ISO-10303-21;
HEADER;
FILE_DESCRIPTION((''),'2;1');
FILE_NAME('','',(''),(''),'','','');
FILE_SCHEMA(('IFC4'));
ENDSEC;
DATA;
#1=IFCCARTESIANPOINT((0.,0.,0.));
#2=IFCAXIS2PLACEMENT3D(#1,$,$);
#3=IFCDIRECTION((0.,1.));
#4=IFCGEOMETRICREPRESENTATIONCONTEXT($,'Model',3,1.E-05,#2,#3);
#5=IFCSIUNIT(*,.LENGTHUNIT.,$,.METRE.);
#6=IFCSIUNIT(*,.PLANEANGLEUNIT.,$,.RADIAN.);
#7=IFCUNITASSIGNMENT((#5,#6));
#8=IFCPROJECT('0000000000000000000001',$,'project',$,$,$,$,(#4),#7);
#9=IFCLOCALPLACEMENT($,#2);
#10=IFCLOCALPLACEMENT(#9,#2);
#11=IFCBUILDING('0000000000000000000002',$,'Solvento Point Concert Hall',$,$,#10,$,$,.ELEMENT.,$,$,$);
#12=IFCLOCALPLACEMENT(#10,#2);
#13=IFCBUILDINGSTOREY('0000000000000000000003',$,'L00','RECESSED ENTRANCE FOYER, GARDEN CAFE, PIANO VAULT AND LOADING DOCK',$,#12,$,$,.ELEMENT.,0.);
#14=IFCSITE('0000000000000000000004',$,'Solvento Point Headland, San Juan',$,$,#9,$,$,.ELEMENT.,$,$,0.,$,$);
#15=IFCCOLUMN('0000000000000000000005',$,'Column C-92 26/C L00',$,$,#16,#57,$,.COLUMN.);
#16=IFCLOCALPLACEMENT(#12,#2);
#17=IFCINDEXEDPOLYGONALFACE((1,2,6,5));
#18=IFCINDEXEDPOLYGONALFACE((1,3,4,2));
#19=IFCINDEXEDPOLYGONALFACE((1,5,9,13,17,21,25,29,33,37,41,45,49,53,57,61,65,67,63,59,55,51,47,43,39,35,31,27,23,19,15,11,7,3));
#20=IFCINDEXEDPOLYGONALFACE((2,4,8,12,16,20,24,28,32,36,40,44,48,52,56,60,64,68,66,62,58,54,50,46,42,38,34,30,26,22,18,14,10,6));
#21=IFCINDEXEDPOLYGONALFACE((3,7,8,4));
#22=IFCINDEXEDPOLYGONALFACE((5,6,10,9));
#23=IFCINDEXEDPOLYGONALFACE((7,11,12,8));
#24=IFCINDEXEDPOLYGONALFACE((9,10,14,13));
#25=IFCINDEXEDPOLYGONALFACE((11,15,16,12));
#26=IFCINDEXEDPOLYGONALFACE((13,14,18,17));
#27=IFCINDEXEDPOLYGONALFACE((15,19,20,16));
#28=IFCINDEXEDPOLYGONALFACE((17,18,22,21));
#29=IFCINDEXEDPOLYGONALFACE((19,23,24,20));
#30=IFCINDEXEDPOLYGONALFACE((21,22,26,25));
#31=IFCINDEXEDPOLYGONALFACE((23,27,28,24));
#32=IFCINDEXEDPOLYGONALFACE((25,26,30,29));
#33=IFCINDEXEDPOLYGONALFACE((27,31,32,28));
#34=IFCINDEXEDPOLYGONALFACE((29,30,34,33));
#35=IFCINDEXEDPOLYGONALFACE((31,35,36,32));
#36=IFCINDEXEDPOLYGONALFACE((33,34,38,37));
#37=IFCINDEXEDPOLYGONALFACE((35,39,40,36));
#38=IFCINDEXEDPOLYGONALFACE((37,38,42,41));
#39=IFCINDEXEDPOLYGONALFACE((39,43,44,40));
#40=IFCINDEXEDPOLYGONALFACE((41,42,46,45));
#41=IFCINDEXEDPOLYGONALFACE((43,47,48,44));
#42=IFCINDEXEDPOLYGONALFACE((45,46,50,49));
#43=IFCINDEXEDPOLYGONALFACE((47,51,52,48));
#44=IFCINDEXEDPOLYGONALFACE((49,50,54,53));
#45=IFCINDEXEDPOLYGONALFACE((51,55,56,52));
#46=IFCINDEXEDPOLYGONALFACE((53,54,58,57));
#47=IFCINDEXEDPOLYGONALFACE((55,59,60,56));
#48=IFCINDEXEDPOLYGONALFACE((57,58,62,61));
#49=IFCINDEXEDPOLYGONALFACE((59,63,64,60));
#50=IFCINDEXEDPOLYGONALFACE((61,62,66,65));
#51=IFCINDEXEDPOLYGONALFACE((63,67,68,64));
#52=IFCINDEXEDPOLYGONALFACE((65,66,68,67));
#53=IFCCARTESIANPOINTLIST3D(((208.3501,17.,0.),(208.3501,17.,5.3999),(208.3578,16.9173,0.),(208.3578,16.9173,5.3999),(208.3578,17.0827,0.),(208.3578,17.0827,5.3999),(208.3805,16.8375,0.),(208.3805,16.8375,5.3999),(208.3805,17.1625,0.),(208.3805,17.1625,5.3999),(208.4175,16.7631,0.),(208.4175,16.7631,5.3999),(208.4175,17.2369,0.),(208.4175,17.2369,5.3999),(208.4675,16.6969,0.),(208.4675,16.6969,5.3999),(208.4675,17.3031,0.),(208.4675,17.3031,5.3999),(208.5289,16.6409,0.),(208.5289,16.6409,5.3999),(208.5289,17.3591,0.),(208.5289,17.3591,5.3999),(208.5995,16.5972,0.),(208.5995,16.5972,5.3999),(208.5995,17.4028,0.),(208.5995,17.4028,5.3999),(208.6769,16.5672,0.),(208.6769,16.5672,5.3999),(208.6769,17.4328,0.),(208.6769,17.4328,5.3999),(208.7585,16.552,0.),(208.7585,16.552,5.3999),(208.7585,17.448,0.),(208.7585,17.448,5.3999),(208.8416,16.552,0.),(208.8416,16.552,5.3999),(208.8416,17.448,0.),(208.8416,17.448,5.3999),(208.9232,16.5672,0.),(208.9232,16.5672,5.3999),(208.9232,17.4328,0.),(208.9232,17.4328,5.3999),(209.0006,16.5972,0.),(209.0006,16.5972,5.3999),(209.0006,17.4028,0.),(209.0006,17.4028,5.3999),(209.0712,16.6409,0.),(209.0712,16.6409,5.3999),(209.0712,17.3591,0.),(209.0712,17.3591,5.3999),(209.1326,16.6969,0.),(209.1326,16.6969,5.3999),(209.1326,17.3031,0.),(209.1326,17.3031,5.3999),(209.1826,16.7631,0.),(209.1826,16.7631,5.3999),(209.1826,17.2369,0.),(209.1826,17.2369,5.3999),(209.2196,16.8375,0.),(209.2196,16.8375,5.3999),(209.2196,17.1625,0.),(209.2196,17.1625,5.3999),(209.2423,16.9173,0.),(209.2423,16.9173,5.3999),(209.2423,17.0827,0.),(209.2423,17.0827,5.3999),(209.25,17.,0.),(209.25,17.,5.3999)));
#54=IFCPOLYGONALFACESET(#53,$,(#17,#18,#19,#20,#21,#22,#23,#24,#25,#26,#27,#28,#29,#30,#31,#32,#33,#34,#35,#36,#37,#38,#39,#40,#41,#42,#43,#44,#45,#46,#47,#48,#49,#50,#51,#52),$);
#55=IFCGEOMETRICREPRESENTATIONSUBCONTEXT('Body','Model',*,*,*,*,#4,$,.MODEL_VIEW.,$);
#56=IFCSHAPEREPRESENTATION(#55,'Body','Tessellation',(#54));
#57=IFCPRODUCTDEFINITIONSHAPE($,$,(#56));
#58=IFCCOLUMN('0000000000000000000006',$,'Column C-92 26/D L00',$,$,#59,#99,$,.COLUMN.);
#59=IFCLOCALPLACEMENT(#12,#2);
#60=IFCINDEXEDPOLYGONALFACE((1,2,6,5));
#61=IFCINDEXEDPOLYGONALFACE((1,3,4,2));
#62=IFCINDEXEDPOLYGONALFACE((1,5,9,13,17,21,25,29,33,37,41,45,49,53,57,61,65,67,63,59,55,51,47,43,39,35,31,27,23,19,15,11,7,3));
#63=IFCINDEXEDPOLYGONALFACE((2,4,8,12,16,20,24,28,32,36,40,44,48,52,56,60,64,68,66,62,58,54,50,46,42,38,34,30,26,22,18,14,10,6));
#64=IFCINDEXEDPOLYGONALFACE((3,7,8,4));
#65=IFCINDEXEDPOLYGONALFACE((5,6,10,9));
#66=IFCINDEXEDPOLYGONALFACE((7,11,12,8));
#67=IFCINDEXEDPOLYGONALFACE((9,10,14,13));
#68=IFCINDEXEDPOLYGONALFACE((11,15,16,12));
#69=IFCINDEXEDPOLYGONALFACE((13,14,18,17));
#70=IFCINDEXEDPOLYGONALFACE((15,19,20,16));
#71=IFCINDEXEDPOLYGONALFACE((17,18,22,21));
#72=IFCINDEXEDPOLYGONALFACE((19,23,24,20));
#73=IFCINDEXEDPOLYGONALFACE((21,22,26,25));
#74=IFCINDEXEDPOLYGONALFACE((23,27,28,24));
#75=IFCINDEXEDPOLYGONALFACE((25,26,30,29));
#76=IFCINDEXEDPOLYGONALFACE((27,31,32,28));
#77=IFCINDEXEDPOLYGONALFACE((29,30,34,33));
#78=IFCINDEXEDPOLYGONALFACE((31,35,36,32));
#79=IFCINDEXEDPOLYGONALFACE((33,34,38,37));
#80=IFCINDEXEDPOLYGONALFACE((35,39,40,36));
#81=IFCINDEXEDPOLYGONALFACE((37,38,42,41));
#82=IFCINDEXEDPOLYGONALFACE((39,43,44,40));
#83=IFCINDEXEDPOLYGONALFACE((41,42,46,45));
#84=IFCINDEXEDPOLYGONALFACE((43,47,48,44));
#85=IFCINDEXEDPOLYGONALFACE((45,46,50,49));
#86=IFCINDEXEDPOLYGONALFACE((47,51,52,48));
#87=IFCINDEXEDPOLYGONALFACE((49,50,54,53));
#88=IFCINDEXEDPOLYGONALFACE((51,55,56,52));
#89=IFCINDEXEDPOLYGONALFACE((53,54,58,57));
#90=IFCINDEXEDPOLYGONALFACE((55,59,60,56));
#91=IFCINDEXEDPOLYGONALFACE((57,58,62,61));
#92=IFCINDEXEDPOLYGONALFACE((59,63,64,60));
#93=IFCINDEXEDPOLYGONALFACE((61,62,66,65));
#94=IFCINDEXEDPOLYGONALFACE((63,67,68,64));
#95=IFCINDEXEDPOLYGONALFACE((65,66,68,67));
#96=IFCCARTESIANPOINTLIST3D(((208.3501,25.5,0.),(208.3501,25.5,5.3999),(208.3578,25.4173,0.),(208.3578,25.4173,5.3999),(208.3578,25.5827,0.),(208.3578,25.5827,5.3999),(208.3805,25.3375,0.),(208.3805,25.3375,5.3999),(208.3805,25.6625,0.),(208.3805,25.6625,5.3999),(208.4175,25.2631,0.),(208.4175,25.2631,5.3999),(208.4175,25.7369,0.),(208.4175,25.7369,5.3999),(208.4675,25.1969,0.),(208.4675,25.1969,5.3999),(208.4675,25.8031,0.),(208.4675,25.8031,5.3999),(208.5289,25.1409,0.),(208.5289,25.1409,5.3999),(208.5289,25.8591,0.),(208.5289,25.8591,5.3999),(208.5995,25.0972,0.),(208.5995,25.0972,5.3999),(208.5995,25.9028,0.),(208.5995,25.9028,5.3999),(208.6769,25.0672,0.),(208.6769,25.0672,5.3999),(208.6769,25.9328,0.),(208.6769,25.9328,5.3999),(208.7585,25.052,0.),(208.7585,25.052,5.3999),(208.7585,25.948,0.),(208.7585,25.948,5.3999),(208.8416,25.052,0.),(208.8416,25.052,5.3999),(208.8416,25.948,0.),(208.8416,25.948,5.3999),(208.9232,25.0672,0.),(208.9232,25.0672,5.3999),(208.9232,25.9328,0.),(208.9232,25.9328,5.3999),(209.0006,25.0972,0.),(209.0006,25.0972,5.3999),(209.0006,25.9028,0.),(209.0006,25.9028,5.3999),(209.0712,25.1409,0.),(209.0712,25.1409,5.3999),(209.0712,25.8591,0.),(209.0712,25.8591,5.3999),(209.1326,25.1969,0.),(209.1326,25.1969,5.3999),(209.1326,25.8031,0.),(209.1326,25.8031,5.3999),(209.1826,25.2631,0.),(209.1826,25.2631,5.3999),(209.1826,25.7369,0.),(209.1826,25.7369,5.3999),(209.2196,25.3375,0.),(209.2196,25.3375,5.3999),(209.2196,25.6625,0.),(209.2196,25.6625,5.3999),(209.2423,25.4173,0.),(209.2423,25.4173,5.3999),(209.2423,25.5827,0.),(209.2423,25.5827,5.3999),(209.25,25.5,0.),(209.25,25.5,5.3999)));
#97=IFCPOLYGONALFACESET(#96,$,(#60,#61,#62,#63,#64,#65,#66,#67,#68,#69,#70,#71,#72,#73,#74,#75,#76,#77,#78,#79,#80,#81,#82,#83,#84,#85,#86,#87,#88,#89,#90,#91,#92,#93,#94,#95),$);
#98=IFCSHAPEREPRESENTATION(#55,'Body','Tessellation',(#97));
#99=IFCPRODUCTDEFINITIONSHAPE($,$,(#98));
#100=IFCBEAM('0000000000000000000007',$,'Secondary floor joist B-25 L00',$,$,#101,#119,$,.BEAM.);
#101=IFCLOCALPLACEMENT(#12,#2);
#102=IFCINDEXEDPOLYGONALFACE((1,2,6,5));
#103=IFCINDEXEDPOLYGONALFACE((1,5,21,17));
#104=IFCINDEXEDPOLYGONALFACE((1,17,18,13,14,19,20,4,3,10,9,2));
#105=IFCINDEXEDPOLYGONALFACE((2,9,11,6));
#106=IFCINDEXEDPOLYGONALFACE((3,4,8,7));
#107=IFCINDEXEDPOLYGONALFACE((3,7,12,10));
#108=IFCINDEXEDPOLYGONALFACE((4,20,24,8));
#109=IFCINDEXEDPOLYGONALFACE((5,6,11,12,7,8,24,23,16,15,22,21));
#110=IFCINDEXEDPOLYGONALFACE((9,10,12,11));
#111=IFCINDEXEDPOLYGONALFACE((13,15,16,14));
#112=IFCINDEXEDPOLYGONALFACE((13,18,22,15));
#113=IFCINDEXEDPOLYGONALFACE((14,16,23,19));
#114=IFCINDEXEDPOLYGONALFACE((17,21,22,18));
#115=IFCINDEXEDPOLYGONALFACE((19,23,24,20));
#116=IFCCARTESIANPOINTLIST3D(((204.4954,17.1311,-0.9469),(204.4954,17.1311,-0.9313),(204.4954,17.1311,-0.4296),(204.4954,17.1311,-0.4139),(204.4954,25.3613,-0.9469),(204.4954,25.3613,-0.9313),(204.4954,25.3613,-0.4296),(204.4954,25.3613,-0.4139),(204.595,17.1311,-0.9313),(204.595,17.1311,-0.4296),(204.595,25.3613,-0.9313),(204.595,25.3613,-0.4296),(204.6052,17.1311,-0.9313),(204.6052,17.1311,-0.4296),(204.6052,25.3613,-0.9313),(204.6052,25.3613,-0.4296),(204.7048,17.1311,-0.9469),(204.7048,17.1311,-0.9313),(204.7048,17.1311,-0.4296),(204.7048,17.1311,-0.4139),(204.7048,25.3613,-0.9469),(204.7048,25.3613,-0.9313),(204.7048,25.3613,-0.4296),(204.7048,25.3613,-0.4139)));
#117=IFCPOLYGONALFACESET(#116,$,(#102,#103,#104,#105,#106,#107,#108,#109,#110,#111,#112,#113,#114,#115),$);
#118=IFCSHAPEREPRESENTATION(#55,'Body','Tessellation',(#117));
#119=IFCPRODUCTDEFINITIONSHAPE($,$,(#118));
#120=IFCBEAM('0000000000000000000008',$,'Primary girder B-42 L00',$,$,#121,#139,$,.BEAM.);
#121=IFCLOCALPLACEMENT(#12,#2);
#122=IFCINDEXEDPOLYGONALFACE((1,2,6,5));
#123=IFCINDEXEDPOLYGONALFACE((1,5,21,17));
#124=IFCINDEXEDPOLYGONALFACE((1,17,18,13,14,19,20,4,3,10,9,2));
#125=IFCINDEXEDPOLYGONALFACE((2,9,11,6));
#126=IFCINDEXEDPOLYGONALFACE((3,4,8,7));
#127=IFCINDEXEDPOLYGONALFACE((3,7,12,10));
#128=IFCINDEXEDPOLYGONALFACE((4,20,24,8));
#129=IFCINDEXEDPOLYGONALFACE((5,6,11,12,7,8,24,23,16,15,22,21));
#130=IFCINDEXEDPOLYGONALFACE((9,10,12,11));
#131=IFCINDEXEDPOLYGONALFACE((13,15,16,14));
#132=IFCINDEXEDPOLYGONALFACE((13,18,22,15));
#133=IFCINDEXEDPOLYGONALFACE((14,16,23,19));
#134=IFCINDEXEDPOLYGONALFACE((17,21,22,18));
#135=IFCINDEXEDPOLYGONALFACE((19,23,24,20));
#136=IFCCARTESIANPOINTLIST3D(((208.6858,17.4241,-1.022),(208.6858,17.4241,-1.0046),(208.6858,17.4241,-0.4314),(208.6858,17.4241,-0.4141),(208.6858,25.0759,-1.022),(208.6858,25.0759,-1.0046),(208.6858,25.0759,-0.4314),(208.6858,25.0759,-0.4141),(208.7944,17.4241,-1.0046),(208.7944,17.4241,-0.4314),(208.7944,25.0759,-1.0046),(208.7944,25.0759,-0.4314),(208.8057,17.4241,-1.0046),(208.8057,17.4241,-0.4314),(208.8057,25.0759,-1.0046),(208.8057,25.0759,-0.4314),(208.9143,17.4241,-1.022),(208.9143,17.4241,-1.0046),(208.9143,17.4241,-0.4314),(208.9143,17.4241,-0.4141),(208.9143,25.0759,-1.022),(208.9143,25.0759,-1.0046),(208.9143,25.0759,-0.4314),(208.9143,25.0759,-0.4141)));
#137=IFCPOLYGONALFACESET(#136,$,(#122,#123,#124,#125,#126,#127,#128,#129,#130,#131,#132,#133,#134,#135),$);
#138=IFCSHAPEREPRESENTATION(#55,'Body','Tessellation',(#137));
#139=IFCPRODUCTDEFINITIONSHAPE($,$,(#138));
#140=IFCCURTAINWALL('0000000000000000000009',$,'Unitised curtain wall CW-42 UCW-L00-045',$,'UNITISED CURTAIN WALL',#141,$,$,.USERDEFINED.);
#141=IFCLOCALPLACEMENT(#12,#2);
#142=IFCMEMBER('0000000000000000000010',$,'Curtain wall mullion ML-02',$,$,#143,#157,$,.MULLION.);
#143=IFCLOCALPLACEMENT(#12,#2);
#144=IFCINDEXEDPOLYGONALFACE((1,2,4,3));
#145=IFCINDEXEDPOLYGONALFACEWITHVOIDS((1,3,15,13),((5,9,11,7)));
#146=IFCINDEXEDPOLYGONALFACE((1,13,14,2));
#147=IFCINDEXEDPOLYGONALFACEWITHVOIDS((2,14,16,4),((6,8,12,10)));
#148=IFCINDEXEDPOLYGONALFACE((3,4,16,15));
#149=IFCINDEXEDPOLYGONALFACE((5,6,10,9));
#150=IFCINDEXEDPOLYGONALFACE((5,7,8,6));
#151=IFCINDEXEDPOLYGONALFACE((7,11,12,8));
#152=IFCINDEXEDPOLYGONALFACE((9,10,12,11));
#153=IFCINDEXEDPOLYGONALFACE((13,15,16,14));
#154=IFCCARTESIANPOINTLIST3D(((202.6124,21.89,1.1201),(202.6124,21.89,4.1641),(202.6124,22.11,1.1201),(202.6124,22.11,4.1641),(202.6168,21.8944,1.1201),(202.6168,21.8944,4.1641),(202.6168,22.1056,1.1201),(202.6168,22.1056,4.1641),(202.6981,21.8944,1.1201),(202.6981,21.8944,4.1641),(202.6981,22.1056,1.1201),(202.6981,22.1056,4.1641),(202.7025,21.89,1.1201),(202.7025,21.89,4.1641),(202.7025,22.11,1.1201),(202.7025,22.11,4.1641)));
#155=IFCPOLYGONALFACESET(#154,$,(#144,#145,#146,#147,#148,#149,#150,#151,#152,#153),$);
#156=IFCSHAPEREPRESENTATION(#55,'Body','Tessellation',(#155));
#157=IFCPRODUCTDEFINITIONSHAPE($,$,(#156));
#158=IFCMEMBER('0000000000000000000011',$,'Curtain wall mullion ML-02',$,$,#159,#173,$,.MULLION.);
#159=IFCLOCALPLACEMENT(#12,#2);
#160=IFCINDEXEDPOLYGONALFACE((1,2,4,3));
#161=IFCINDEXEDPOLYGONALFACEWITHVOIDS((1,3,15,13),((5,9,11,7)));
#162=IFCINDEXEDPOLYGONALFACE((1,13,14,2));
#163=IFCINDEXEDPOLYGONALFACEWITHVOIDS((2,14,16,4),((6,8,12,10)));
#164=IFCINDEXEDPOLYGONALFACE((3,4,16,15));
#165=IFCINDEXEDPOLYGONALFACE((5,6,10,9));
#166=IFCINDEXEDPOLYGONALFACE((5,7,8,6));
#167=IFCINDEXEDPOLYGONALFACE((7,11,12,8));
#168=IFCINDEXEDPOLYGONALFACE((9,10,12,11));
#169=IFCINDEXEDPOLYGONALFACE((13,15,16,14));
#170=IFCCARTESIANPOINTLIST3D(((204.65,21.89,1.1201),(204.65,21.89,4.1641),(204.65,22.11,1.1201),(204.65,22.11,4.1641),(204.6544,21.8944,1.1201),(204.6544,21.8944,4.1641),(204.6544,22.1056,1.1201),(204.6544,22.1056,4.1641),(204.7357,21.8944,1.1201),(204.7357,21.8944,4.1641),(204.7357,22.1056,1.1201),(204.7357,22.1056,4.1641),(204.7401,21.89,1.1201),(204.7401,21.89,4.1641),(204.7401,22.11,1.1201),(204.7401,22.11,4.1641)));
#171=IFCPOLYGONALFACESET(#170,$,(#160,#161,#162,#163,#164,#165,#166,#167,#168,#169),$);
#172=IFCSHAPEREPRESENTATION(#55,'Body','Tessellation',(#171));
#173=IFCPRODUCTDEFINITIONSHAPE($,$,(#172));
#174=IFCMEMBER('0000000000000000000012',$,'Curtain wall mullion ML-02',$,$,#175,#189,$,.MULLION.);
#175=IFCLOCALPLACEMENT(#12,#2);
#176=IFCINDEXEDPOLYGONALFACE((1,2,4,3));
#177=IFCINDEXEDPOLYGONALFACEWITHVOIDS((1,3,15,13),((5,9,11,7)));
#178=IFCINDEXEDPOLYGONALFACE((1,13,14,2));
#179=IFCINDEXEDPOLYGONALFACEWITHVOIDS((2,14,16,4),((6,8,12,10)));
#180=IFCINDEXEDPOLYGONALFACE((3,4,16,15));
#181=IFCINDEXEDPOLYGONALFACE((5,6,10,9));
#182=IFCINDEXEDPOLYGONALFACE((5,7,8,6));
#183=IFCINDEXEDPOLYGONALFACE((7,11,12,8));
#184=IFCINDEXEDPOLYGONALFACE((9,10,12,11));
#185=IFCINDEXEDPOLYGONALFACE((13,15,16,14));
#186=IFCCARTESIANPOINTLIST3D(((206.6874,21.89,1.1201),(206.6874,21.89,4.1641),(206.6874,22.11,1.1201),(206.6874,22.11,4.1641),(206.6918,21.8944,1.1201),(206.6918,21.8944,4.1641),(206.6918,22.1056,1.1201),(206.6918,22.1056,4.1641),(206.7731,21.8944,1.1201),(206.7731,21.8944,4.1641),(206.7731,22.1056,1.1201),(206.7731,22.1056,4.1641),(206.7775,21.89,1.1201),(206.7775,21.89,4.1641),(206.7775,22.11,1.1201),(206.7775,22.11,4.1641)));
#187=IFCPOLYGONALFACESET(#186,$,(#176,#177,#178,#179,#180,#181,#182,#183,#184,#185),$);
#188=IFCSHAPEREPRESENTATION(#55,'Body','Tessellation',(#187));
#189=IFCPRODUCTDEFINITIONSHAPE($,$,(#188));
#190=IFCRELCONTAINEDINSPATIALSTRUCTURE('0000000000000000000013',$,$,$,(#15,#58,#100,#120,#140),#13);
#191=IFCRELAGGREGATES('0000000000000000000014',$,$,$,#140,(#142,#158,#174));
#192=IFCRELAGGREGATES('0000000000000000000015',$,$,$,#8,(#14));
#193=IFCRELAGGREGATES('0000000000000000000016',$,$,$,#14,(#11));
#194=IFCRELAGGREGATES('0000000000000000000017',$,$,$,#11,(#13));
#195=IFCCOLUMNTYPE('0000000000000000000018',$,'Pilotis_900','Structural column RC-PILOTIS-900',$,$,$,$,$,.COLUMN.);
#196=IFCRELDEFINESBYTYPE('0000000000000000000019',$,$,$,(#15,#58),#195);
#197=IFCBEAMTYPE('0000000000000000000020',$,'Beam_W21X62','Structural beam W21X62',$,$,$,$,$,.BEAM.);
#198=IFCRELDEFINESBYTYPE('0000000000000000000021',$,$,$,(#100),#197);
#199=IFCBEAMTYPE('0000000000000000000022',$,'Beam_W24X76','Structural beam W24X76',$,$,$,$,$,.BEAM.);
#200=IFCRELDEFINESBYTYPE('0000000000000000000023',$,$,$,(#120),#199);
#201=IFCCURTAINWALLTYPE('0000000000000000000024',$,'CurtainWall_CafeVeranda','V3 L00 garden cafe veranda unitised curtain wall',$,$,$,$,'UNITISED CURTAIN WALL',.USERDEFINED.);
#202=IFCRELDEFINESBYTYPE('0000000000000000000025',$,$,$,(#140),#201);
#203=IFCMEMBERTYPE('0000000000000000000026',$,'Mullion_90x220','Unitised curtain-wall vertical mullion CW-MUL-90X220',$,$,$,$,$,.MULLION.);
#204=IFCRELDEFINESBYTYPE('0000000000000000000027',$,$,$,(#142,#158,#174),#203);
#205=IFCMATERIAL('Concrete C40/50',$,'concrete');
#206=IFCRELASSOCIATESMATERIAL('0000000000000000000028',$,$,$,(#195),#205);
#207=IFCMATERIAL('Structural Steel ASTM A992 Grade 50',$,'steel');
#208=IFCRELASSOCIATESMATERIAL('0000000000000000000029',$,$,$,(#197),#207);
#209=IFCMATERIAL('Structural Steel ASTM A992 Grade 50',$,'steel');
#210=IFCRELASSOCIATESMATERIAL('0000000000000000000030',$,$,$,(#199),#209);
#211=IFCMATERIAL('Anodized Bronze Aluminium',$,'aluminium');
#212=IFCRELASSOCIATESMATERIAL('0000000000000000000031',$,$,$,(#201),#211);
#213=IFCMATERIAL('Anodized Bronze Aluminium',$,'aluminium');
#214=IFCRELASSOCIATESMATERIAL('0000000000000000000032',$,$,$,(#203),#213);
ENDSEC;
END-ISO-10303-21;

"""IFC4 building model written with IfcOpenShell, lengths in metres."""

from ifc_helpers import new_model, si_unit, direction, frame, origin, origin_2d, place, context, subcontext, project, spatial, hollow_rectangle, circle, i_section, extrude, material, material_profile, profile_set, type_object, element, aggregate, save


model = new_model("IFC4")

# Units and contexts
model_context = context("Model", 3, precision=1e-05, world=origin(), true_north=direction((0.0, 1.0)))
body_context = subcontext(model_context, "Body", "Model", "MODEL_VIEW")
ifc_project = project(units=[si_unit("LENGTHUNIT", "METRE"), si_unit("PLANEANGLEUNIT", "RADIAN")], contexts=[model_context])

# Site, building, storey
site_placement = place(None, origin())
site = spatial("IfcSite", under=ifc_project, at=site_placement, Name="Solvento Point Headland, San Juan", CompositionType="ELEMENT", RefElevation=0.0)
building_placement = place(site_placement, origin())
building = spatial("IfcBuilding", under=site, at=building_placement, Name="Solvento Point Concert Hall", CompositionType="ELEMENT")
storey_placement = place(building_placement, origin())
storey = spatial("IfcBuildingStorey", under=building, at=storey_placement, Name="L00", Description="RECESSED ENTRANCE FOYER, GARDEN CAFE, PIANO VAULT AND LOADING DOCK", CompositionType="ELEMENT", Elevation=0.0)

# Columns
ifc_material_1 = material(Name="Concrete C40/50", Category="concrete")
ifc_material_profile_1 = material_profile(ifc_material_1, circle(Radius=0.45, at=origin_2d()), Name="RC-PILOTIS-900")
ifc_profile_set_1 = profile_set([ifc_material_profile_1], Name="Concrete C40/50")
column_type = type_object("IfcColumnType", Name="Pilotis_900", Description="Structural column RC-PILOTIS-900", PredefinedType="COLUMN", material=ifc_profile_set_1)
for number, where, z_axis, x_axis, name in (
    (1, (208.8, 17.0, 0.0), (0.0, 0.0, 1.0), (1.0, 0.0, 0.0), "Column C-92 26/C L00"),
    (2, (208.8, 25.5, 0.0), (0.0, 0.0, 1.0), (1.0, 0.0, 0.0), "Column C-92 26/D L00"),
):
    element("IfcColumn", number, at=place(storey_placement, frame(where, z_axis=z_axis, x_axis=x_axis)), inside=storey, type_object=column_type, Name=name, PredefinedType="COLUMN", context=body_context, shape_type="SweptSolid", body=[
        extrude(circle(Radius=0.45, at=origin_2d()), origin(), (0.0, 0.0, 1.0), 5.3999),
    ])

# Beams
ifc_material_2 = material(Name="Structural Steel ASTM A992 Grade 50", Category="steel")
ifc_material_profile_2 = material_profile(ifc_material_2, i_section(OverallWidth=0.2095, OverallDepth=0.533, WebThickness=0.0103, FlangeThickness=0.0156, at=origin_2d()), Name="W21X62")
ifc_profile_set_2 = profile_set([ifc_material_profile_2], Name="Structural Steel ASTM A992 Grade 50")
beam_type_1 = type_object("IfcBeamType", Name="Beam_W21X62", Description="Structural beam W21X62", PredefinedType="BEAM", material=ifc_profile_set_2)
beam_1_placement = place(storey_placement, frame((204.6001, 17.1311, -0.6804), z_axis=(0.0, 1.0, 0.0), x_axis=(-1.0, 0.0, 0.0)))
element("IfcBeam", 3, at=beam_1_placement, inside=storey, type_object=beam_type_1, Name="Secondary floor joist B-25 L00", PredefinedType="BEAM", context=body_context, shape_type="SweptSolid", body=[
    extrude(i_section(OverallWidth=0.2095, OverallDepth=0.533, WebThickness=0.0103, FlangeThickness=0.0156, at=origin_2d()), origin(), (0.0, 0.0, 1.0), 8.2302),
])
ifc_material_3 = material(Name="Structural Steel ASTM A992 Grade 50", Category="steel")
ifc_material_profile_3 = material_profile(ifc_material_3, i_section(OverallWidth=0.2285, OverallDepth=0.6079, WebThickness=0.0112, FlangeThickness=0.0173, at=origin_2d()), Name="W24X76")
ifc_profile_set_3 = profile_set([ifc_material_profile_3], Name="Structural Steel ASTM A992 Grade 50")
beam_type_2 = type_object("IfcBeamType", Name="Beam_W24X76", Description="Structural beam W24X76", PredefinedType="BEAM", material=ifc_profile_set_3)
beam_2_placement = place(storey_placement, frame((208.8, 17.4241, -0.718), z_axis=(0.0, 1.0, 0.0), x_axis=(-1.0, 0.0, 0.0)))
element("IfcBeam", 4, at=beam_2_placement, inside=storey, type_object=beam_type_2, Name="Primary girder B-42 L00", PredefinedType="BEAM", context=body_context, shape_type="SweptSolid", body=[
    extrude(i_section(OverallWidth=0.2285, OverallDepth=0.6079, WebThickness=0.0112, FlangeThickness=0.0173, at=origin_2d()), origin(), (0.0, 0.0, 1.0), 7.6519),
])

# Curtain wall, members
ifc_material_4 = material(Name="Anodized Bronze Aluminium", Category="aluminium")
curtain_wall_type = type_object("IfcCurtainWallType", Name="CurtainWall_CafeVeranda", Description="V3 L00 garden cafe veranda unitised curtain wall", ElementType="UNITISED CURTAIN WALL", PredefinedType="USERDEFINED", material=ifc_material_4)
curtain_wall_1_placement = place(storey_placement, origin())
curtain_wall_1 = element("IfcCurtainWall", 5, at=curtain_wall_1_placement, inside=storey, type_object=curtain_wall_type, Name="Unitised curtain wall CW-42 UCW-L00-045", ObjectType="UNITISED CURTAIN WALL", PredefinedType="USERDEFINED")
ifc_material_5 = material(Name="Anodized Bronze Aluminium", Category="aluminium")
ifc_material_profile_4 = material_profile(ifc_material_5, hollow_rectangle(XDim=0.0901, YDim=0.22, WallThickness=0.0044, at=origin_2d()), Name="CW-MUL-90X220")
ifc_profile_set_4 = profile_set([ifc_material_profile_4], Name="Anodized Bronze Aluminium")
member_type_1 = type_object("IfcMemberType", Name="Mullion_90x220", Description="Unitised curtain-wall vertical mullion CW-MUL-90X220", PredefinedType="MULLION", material=ifc_profile_set_4)
member_1_placement = place(storey_placement, frame((202.6575, 22.0, 1.1201), z_axis=(0.0, 0.0, 1.0), x_axis=(1.0, 0.0, 0.0)))
member_1 = element("IfcMember", 6, at=member_1_placement, type_object=member_type_1, Name="Curtain wall mullion ML-02", PredefinedType="MULLION", context=body_context, shape_type="SweptSolid", body=[
    extrude(hollow_rectangle(XDim=0.0901, YDim=0.22, WallThickness=0.0044, at=origin_2d()), origin(), (0.0, 0.0, 1.0), 3.0439),
])
member_2_placement = place(storey_placement, frame((204.6951, 22.0, 1.1201), z_axis=(0.0, 0.0, 1.0), x_axis=(1.0, 0.0, 0.0)))
member_2 = element("IfcMember", 7, at=member_2_placement, type_object=member_type_1, Name="Curtain wall mullion ML-02", PredefinedType="MULLION", context=body_context, shape_type="SweptSolid", body=[
    extrude(hollow_rectangle(XDim=0.0901, YDim=0.22, WallThickness=0.0044, at=origin_2d()), origin(), (0.0, 0.0, 1.0), 3.0439),
])
member_3_placement = place(storey_placement, frame((206.7324, 22.0, 1.1201), z_axis=(0.0, 0.0, 1.0), x_axis=(1.0, 0.0, 0.0)))
member_3 = element("IfcMember", 8, at=member_3_placement, type_object=member_type_1, Name="Curtain wall mullion ML-02", PredefinedType="MULLION", context=body_context, shape_type="SweptSolid", body=[
    extrude(hollow_rectangle(XDim=0.0901, YDim=0.22, WallThickness=0.0044, at=origin_2d()), origin(), (0.0, 0.0, 1.0), 3.0439),
])

aggregate(curtain_wall_1, [member_1, member_2, member_3])

save(model, "model.ifc")
